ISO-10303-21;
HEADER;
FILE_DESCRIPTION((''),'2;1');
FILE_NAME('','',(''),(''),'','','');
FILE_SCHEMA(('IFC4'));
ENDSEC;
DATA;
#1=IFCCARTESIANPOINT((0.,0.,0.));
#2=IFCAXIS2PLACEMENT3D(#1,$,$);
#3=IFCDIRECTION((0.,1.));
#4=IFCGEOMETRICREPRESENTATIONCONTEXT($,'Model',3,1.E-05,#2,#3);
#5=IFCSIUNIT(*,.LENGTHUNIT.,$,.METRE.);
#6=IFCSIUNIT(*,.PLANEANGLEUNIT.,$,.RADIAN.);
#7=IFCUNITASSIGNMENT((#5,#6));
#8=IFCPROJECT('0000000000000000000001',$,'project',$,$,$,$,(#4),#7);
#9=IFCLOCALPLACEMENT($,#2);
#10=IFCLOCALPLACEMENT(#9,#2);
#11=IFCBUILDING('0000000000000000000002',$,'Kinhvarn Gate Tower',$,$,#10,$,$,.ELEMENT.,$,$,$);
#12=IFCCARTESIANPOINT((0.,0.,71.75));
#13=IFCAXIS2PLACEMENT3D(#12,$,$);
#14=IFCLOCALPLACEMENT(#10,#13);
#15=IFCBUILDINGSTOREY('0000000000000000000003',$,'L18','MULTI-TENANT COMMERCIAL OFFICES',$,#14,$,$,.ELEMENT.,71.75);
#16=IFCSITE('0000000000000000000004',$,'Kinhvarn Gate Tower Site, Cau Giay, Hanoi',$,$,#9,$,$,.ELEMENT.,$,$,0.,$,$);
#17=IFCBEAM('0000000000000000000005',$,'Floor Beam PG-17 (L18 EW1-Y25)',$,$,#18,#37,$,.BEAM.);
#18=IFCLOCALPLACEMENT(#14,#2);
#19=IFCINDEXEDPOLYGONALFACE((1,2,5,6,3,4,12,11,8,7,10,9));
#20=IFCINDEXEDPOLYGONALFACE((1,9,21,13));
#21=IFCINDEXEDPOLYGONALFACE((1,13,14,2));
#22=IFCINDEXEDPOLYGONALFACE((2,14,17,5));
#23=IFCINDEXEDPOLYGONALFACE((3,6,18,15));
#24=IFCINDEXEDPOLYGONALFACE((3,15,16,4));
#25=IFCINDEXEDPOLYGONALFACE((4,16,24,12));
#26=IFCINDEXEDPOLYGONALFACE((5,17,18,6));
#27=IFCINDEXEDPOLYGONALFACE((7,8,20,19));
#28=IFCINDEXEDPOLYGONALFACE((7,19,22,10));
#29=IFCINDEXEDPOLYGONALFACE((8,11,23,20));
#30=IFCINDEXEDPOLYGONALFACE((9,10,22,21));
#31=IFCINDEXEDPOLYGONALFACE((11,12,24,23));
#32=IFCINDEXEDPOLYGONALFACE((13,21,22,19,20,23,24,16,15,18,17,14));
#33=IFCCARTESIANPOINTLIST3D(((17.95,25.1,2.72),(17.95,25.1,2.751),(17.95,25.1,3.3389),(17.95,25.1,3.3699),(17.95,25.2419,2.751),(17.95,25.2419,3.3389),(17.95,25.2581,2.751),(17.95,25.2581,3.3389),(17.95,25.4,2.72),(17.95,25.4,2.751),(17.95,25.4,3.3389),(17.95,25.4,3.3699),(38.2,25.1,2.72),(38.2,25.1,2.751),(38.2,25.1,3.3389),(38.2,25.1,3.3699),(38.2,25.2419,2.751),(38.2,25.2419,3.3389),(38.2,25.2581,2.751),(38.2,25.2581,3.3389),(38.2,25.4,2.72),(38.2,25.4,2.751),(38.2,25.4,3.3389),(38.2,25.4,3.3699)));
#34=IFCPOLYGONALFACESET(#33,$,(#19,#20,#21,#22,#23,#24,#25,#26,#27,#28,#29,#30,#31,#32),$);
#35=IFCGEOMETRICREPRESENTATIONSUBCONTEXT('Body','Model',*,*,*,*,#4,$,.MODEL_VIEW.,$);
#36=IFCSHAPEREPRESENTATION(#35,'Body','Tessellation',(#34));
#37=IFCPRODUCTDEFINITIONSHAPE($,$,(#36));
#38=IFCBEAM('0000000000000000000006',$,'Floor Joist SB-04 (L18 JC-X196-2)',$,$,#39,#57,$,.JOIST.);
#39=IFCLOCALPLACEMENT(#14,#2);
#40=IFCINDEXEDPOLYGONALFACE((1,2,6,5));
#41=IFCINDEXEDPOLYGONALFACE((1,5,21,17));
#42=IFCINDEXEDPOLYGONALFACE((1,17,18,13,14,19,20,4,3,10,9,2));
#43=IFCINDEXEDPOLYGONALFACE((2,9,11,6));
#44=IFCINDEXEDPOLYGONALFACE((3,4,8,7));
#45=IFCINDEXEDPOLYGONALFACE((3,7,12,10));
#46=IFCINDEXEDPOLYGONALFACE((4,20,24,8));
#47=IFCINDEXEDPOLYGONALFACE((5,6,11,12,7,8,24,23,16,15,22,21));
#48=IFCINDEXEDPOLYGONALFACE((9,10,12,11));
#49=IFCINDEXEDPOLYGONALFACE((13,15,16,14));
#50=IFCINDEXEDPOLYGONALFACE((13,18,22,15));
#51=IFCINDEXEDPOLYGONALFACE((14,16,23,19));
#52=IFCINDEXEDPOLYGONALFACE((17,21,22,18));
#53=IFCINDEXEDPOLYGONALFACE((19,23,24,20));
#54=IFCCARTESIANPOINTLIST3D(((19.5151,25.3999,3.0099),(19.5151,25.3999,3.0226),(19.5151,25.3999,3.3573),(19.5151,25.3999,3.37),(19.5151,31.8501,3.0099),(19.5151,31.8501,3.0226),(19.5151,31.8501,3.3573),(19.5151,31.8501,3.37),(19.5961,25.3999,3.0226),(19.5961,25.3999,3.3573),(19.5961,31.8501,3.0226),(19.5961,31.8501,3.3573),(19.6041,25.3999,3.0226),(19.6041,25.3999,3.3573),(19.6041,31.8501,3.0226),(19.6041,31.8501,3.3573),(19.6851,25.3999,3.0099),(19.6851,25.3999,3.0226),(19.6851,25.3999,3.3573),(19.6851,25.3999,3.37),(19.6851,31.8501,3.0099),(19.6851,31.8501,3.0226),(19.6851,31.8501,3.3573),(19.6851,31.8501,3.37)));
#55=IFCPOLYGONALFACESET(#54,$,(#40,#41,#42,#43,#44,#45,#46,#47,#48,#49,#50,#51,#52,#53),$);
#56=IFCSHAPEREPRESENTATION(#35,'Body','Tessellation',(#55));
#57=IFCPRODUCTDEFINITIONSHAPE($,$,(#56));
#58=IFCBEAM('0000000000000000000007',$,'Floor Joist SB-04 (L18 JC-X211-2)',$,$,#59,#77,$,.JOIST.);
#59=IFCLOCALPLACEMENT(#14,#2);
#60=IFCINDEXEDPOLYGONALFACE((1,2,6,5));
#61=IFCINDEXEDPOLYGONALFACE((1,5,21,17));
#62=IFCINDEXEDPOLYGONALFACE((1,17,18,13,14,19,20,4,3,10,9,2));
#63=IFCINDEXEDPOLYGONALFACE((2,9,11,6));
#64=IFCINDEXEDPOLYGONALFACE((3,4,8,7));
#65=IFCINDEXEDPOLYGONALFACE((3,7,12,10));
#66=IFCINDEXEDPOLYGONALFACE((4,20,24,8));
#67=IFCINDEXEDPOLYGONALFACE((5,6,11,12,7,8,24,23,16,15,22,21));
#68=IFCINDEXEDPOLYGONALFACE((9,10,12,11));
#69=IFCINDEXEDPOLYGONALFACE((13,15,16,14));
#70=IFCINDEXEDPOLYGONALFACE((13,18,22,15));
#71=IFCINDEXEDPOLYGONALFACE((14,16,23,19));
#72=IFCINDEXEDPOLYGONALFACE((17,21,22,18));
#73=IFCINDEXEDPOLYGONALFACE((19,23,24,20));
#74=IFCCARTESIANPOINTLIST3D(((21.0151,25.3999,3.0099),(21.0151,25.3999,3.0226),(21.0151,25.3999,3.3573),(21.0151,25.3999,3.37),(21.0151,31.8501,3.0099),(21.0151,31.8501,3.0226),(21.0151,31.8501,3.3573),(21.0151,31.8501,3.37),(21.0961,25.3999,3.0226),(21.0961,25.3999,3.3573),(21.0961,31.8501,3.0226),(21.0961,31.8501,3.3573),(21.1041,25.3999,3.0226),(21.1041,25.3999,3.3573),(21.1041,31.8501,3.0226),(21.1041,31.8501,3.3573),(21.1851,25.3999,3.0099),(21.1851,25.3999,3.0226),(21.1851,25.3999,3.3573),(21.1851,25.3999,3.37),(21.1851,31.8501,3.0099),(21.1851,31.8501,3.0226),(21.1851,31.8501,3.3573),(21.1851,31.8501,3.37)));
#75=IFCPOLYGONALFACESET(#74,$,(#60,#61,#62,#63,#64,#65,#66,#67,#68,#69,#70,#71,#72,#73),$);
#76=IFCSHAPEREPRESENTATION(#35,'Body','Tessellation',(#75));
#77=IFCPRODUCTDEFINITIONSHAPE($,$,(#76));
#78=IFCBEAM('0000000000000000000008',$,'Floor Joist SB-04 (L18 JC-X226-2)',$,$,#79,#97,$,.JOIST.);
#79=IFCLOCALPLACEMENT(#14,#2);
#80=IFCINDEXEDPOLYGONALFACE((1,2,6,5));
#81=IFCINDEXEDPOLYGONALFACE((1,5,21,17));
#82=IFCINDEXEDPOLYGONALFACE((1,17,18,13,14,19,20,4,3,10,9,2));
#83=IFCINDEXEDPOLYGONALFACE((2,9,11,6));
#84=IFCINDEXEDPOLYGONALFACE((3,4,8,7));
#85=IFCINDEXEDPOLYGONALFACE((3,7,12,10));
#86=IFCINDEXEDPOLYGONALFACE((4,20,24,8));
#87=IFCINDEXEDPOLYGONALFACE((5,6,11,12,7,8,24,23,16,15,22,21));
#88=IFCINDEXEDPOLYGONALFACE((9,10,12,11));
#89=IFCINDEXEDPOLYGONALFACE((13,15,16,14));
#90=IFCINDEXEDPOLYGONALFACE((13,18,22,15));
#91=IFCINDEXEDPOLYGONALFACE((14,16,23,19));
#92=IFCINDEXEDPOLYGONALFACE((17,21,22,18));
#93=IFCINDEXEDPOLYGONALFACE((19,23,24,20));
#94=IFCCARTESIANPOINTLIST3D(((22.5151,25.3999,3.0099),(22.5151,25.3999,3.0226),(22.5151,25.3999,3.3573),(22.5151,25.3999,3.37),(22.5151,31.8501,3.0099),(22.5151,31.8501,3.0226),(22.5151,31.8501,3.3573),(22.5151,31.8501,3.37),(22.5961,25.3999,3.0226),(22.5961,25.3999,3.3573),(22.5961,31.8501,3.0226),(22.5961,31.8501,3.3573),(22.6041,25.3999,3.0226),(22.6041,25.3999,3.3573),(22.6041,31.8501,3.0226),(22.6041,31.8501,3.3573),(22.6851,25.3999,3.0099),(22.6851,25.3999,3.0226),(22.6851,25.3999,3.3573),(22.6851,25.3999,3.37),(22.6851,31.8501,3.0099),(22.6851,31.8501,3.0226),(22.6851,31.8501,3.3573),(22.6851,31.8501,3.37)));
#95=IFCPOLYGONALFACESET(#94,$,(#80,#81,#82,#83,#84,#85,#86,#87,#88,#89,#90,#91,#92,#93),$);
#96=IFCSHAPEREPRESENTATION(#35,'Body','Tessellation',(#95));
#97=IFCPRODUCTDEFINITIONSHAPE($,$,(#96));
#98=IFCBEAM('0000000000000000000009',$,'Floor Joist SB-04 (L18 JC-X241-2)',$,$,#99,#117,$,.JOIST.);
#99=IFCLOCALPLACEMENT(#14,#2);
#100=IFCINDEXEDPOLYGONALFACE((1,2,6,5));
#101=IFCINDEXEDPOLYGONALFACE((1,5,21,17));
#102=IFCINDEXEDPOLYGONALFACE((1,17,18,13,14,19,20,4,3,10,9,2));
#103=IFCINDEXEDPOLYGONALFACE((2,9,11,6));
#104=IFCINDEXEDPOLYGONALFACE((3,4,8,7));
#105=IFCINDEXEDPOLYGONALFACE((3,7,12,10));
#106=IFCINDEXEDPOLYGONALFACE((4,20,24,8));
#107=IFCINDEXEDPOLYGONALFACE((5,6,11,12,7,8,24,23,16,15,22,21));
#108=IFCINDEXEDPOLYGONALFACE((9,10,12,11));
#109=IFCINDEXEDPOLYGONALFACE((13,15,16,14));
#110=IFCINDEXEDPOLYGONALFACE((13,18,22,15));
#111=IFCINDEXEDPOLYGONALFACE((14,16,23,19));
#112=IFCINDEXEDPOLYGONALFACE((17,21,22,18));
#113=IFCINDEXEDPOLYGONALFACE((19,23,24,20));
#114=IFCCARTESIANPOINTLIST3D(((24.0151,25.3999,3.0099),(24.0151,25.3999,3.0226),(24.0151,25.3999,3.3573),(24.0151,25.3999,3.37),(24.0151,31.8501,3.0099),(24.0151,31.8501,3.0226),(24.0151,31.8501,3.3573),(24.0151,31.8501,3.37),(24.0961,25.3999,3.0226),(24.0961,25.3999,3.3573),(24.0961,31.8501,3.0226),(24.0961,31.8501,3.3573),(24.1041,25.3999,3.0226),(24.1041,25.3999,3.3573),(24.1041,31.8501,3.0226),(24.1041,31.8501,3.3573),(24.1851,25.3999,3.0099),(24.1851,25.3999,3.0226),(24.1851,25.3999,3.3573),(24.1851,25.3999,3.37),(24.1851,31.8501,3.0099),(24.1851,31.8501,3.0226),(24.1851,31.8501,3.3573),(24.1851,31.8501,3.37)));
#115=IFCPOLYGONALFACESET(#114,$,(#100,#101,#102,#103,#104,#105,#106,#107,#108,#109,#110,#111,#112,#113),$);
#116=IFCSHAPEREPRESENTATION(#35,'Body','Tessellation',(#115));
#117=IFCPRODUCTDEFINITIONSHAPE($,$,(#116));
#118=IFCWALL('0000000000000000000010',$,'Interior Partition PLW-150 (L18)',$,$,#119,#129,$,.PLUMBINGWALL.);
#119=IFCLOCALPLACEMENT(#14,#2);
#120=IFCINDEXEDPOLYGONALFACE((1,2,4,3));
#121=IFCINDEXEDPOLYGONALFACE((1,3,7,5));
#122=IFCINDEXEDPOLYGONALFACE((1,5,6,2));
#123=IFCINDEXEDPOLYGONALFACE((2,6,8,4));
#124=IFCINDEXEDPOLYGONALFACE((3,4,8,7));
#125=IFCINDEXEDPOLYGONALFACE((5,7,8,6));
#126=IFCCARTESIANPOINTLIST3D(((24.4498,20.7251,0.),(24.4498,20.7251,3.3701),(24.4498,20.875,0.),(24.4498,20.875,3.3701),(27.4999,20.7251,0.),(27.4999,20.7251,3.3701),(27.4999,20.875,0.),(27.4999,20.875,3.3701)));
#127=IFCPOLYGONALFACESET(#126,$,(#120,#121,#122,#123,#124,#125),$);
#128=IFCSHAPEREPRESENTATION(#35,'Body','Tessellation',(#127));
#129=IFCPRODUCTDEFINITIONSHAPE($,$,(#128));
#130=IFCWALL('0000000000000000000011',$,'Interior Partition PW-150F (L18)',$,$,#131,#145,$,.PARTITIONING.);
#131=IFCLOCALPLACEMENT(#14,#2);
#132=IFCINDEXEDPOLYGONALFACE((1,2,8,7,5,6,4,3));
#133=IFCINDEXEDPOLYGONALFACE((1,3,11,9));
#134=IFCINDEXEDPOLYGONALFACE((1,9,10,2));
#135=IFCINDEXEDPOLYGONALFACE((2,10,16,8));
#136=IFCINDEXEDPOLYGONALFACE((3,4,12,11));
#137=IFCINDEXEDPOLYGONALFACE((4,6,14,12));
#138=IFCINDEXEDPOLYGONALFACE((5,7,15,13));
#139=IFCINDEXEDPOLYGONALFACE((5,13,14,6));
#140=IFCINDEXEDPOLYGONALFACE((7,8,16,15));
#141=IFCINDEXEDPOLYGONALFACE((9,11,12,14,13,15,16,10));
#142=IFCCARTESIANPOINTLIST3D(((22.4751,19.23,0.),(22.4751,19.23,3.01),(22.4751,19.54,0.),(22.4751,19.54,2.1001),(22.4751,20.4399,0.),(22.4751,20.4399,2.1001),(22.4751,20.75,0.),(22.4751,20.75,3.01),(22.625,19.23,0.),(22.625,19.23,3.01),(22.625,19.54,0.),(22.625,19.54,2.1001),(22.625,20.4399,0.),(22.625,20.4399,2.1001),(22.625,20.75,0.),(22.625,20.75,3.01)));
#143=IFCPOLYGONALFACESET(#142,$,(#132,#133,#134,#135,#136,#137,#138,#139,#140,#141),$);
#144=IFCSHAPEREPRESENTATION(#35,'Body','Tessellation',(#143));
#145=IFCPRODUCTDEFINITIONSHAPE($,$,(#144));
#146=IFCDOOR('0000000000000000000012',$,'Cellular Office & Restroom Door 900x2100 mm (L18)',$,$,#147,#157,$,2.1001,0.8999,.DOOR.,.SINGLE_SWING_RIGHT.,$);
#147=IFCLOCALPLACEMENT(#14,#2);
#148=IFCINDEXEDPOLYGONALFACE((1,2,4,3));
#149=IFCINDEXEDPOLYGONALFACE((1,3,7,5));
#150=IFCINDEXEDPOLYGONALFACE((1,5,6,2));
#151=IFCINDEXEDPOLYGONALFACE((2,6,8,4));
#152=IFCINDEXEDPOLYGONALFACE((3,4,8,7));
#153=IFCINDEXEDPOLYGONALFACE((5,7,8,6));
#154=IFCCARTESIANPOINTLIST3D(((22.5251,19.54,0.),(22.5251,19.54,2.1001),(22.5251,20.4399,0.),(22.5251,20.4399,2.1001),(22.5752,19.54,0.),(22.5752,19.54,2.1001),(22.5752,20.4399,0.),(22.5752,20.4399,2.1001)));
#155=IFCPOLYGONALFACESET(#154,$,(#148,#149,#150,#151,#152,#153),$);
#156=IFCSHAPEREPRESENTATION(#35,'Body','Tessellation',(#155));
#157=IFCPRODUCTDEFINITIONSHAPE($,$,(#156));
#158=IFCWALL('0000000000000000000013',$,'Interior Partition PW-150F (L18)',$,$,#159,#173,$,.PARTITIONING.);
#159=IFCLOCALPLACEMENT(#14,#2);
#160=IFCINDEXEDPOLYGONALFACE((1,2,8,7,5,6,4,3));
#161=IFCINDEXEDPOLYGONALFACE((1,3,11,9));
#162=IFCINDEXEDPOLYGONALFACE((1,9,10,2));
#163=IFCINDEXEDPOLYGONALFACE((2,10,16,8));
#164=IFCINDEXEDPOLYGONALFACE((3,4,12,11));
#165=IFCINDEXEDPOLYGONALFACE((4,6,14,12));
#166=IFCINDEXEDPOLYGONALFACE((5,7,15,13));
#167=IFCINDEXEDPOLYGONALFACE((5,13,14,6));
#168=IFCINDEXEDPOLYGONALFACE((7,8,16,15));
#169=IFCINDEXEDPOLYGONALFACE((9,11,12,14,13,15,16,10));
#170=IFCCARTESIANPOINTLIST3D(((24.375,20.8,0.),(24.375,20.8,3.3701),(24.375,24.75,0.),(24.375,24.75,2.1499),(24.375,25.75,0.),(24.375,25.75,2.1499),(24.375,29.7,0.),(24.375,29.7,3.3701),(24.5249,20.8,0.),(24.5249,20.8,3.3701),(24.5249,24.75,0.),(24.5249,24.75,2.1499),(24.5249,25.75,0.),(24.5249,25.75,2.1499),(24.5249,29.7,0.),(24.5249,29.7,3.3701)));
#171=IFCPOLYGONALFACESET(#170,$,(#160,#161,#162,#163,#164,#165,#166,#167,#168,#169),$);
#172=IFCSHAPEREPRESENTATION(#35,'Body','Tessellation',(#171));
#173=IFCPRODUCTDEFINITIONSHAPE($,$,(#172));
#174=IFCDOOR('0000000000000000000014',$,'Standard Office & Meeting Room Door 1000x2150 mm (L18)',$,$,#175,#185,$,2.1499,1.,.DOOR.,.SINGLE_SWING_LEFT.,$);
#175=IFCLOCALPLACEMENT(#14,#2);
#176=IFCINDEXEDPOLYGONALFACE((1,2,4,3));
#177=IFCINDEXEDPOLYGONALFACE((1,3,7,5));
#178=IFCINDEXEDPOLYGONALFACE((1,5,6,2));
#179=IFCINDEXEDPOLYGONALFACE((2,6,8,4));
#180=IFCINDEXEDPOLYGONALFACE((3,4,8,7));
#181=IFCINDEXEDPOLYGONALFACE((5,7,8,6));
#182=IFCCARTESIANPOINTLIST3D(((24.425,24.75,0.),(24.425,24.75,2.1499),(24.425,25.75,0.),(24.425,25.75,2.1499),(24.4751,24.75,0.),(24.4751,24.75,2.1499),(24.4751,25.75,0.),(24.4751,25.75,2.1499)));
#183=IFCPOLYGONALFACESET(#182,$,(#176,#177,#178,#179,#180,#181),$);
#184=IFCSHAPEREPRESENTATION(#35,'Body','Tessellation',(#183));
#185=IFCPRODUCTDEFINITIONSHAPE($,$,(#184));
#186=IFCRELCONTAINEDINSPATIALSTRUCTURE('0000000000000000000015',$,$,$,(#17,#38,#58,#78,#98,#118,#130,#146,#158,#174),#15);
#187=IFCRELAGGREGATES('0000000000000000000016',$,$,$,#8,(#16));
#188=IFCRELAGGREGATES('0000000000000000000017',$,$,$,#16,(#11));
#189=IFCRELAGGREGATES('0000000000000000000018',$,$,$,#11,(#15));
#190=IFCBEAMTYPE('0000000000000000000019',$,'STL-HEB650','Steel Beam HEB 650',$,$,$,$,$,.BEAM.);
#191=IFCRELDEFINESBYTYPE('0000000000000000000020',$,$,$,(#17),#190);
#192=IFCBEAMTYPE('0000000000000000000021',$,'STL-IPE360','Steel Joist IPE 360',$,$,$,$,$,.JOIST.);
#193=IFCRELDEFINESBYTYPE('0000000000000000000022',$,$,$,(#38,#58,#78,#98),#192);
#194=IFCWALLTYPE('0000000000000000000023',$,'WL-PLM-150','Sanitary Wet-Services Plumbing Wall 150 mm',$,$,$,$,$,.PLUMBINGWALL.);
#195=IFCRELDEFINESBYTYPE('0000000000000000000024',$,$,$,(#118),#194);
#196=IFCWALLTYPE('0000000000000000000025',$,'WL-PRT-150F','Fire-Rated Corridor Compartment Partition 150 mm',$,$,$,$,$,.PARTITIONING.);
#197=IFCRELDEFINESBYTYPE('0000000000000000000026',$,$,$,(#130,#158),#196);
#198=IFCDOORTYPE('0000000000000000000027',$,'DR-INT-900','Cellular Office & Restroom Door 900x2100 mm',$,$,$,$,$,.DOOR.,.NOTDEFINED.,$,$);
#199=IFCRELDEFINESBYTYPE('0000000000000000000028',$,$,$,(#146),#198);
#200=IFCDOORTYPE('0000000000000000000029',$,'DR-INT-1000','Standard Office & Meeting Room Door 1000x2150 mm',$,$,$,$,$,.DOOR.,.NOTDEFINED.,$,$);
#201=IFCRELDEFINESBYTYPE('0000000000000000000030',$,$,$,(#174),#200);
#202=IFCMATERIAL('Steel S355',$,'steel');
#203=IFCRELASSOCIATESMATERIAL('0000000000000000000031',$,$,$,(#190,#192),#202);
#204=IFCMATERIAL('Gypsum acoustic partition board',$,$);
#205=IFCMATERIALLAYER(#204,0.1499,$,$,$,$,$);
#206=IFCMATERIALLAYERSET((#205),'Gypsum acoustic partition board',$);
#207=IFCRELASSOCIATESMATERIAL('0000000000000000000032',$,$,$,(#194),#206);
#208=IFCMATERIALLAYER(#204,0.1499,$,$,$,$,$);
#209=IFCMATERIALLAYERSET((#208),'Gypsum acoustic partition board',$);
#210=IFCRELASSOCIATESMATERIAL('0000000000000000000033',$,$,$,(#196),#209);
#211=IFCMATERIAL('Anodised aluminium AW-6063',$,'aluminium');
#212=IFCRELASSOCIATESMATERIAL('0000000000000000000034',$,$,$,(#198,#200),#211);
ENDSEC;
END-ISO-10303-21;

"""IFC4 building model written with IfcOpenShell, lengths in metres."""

from ifc_helpers import new_model, si_unit, direction, frame, frame_2d, origin, origin_2d, place, context, subcontext, project, spatial, rectangle, i_section, extrude, material, layer, layer_set, material_profile, profile_set, type_object, element, fill, save


model = new_model("IFC4")

# Units and contexts
model_context = context("Model", 3, precision=1e-05, world=origin(), true_north=direction((0.0, 1.0)))
body_context = subcontext(model_context, "Body", "Model", "MODEL_VIEW")
ifc_project = project(units=[si_unit("LENGTHUNIT", "METRE"), si_unit("PLANEANGLEUNIT", "RADIAN")], contexts=[model_context])

# Site, building, storey
site_placement = place(None, origin())
site = spatial("IfcSite", under=ifc_project, at=site_placement, Name="Kinhvarn Gate Tower Site, Cau Giay, Hanoi", CompositionType="ELEMENT", RefElevation=0.0)
building_placement = place(site_placement, origin())
building = spatial("IfcBuilding", under=site, at=building_placement, Name="Kinhvarn Gate Tower", CompositionType="ELEMENT")
storey_placement = place(building_placement, frame((0.0, 0.0, 71.75)))
storey = spatial("IfcBuildingStorey", under=building, at=storey_placement, Name="L18", Description="MULTI-TENANT COMMERCIAL OFFICES", CompositionType="ELEMENT", Elevation=71.75)

# Beams
ifc_material_1 = material(Name="Steel S355", Category="steel")
ifc_material_profile_1 = material_profile(ifc_material_1, i_section(OverallWidth=0.3, OverallDepth=0.6499, WebThickness=0.0161, FlangeThickness=0.031, at=origin_2d()), Name="HEB 650")
ifc_profile_set_1 = profile_set([ifc_material_profile_1], Name="Steel S355")
beam_type_1 = type_object("IfcBeamType", Name="STL-HEB650", Description="Steel Beam HEB 650", PredefinedType="BEAM", material=ifc_profile_set_1)
beam_placement = place(storey_placement, frame((17.95, 25.25, 3.0449), z_axis=(1.0, 0.0, 0.0), x_axis=(0.0, 1.0, 0.0)))
element("IfcBeam", 1, at=beam_placement, inside=storey, type_object=beam_type_1, Name="Floor Beam PG-17 (L18 EW1-Y25)", PredefinedType="BEAM", context=body_context, shape_type="SweptSolid", body=[
    extrude(i_section(OverallWidth=0.3, OverallDepth=0.6499, WebThickness=0.0161, FlangeThickness=0.031, at=origin_2d()), origin(), (0.0, 0.0, 1.0), 20.25),
])
ifc_material_profile_2 = material_profile(ifc_material_1, i_section(OverallWidth=0.1699, OverallDepth=0.3601, WebThickness=0.0081, FlangeThickness=0.0127, at=origin_2d()), Name="IPE 360")
ifc_profile_set_2 = profile_set([ifc_material_profile_2], Name="Steel S355")
beam_type_2 = type_object("IfcBeamType", Name="STL-IPE360", Description="Steel Joist IPE 360", PredefinedType="JOIST", material=ifc_profile_set_2)
for number, where, z_axis, x_axis, name in (
    (2, (19.6001, 25.3999, 3.1899), (0.0, 1.0, 0.0), (-1.0, 0.0, 0.0), "Floor Joist SB-04 (L18 JC-X196-2)"),
    (3, (21.1001, 25.3999, 3.1899), (0.0, 1.0, 0.0), (-1.0, 0.0, 0.0), "Floor Joist SB-04 (L18 JC-X211-2)"),
    (4, (22.6001, 25.3999, 3.1899), (0.0, 1.0, 0.0), (-1.0, 0.0, 0.0), "Floor Joist SB-04 (L18 JC-X226-2)"),
    (5, (24.1001, 25.3999, 3.1899), (0.0, 1.0, 0.0), (-1.0, 0.0, 0.0), "Floor Joist SB-04 (L18 JC-X241-2)"),
):
    element("IfcBeam", number, at=place(storey_placement, frame(where, z_axis=z_axis, x_axis=x_axis)), inside=storey, type_object=beam_type_2, Name=name, PredefinedType="JOIST", context=body_context, shape_type="SweptSolid", body=[
        extrude(i_section(OverallWidth=0.1699, OverallDepth=0.3601, WebThickness=0.0081, FlangeThickness=0.0127, at=origin_2d()), origin(), (0.0, 0.0, 1.0), 6.4502),
    ])

# Wall
ifc_material_2 = material(Name="Gypsum acoustic partition board")
ifc_layer_1 = layer(ifc_material_2, 0.1499)
ifc_layer_set_1 = layer_set([ifc_layer_1], Name="Gypsum acoustic partition board")
wall_type_1 = type_object("IfcWallType", Name="WL-PLM-150", Description="Sanitary Wet-Services Plumbing Wall 150 mm", PredefinedType="PLUMBINGWALL", material=ifc_layer_set_1)
wall_1_placement = place(storey_placement, frame((24.45, 20.8, 0.0), z_axis=(0.0, 0.0, 1.0), x_axis=(1.0, 0.0, 0.0)))
element("IfcWall", 6, at=wall_1_placement, inside=storey, type_object=wall_type_1, Name="Interior Partition PLW-150 (L18)", PredefinedType="PLUMBINGWALL", context=body_context, shape_type="SweptSolid", body=[
    extrude(rectangle(XDim=3.05, YDim=0.1499, at=frame_2d((1.5249, 0.0))), origin(), (0.0, 0.0, 1.0), 3.3701),
])

# Walls, openings, doors
ifc_layer_2 = layer(ifc_material_2, 0.1499)
ifc_layer_set_2 = layer_set([ifc_layer_2], Name="Gypsum acoustic partition board")
wall_type_2 = type_object("IfcWallType", Name="WL-PRT-150F", Description="Fire-Rated Corridor Compartment Partition 150 mm", PredefinedType="PARTITIONING", material=ifc_layer_set_2)
wall_2_placement = place(storey_placement, frame((22.55, 19.23, 0.0), z_axis=(0.0, 0.0, 1.0), x_axis=(0.0, 1.0, 0.0)))
wall_2 = element("IfcWall", 7, at=wall_2_placement, inside=storey, type_object=wall_type_2, Name="Interior Partition PW-150F (L18)", PredefinedType="PARTITIONING", context=body_context, shape_type="SweptSolid", body=[
    extrude(rectangle(XDim=1.52, YDim=0.1499, at=frame_2d((0.76, 0.0))), origin(), (0.0, 0.0, 1.0), 3.01),
])
opening_1_placement = place(wall_2_placement, frame((0.3101, 0.0, 0.0)))
opening_1 = element("IfcOpeningElement", 8, at=opening_1_placement, cuts=wall_2, PredefinedType="OPENING", context=body_context, shape_type="SweptSolid", body=[
    extrude(rectangle(XDim=0.8999, YDim=2.1001, at=frame_2d((0.45, 1.05))), frame((0.0, 0.085, 0.0), z_axis=(0.0, -1.0, 0.0), x_axis=(1.0, 0.0, 0.0)), (0.0, 0.0, 1.0), 0.1699),
])
ifc_material_3 = material(Name="Anodised aluminium AW-6063", Category="aluminium")
door_type_1 = type_object("IfcDoorType", Name="DR-INT-900", Description="Cellular Office & Restroom Door 900x2100 mm", OperationType="NOTDEFINED", PredefinedType="DOOR", material=ifc_material_3)
door_1_placement = place(opening_1_placement, origin())
door_1 = element("IfcDoor", 9, at=door_1_placement, inside=storey, type_object=door_type_1, Name="Cellular Office & Restroom Door 900x2100 mm (L18)", OperationType="SINGLE_SWING_RIGHT", OverallHeight=2.1001, OverallWidth=0.8999, PredefinedType="DOOR", context=body_context, shape_type="SweptSolid", body=[
    extrude(rectangle(XDim=0.8999, YDim=2.1001, at=frame_2d((0.45, 1.05))), frame((0.0, 0.0249, 0.0), z_axis=(0.0, -1.0, 0.0), x_axis=(1.0, 0.0, 0.0)), (0.0, 0.0, 1.0), 0.05),
])
fill(opening_1, door_1)
wall_3_placement = place(storey_placement, frame((24.45, 20.8, 0.0), z_axis=(0.0, 0.0, 1.0), x_axis=(0.0, 1.0, 0.0)))
wall_3 = element("IfcWall", 10, at=wall_3_placement, inside=storey, type_object=wall_type_2, Name="Interior Partition PW-150F (L18)", PredefinedType="PARTITIONING", context=body_context, shape_type="SweptSolid", body=[
    extrude(rectangle(XDim=8.8999, YDim=0.1499, at=frame_2d((4.45, 0.0))), origin(), (0.0, 0.0, 1.0), 3.3701),
])
opening_2_placement = place(wall_3_placement, frame((3.95, 0.0, 0.0)))
opening_2 = element("IfcOpeningElement", 11, at=opening_2_placement, cuts=wall_3, PredefinedType="OPENING", context=body_context, shape_type="SweptSolid", body=[
    extrude(rectangle(XDim=1.0, YDim=2.1499, at=frame_2d((0.5, 1.075))), frame((0.0, 0.085, 0.0), z_axis=(0.0, -1.0, 0.0), x_axis=(1.0, 0.0, 0.0)), (0.0, 0.0, 1.0), 0.1699),
])
door_type_2 = type_object("IfcDoorType", Name="DR-INT-1000", Description="Standard Office & Meeting Room Door 1000x2150 mm", OperationType="NOTDEFINED", PredefinedType="DOOR", material=ifc_material_3)
door_2_placement = place(opening_2_placement, origin())
door_2 = element("IfcDoor", 12, at=door_2_placement, inside=storey, type_object=door_type_2, Name="Standard Office & Meeting Room Door 1000x2150 mm (L18)", OperationType="SINGLE_SWING_LEFT", OverallHeight=2.1499, OverallWidth=1.0, PredefinedType="DOOR", context=body_context, shape_type="SweptSolid", body=[
    extrude(rectangle(XDim=1.0, YDim=2.1499, at=frame_2d((0.5, 1.075))), frame((0.0, 0.0249, 0.0), z_axis=(0.0, -1.0, 0.0), x_axis=(1.0, 0.0, 0.0)), (0.0, 0.0, 1.0), 0.05),
])
fill(opening_2, door_2)

save(model, "model.ifc")
